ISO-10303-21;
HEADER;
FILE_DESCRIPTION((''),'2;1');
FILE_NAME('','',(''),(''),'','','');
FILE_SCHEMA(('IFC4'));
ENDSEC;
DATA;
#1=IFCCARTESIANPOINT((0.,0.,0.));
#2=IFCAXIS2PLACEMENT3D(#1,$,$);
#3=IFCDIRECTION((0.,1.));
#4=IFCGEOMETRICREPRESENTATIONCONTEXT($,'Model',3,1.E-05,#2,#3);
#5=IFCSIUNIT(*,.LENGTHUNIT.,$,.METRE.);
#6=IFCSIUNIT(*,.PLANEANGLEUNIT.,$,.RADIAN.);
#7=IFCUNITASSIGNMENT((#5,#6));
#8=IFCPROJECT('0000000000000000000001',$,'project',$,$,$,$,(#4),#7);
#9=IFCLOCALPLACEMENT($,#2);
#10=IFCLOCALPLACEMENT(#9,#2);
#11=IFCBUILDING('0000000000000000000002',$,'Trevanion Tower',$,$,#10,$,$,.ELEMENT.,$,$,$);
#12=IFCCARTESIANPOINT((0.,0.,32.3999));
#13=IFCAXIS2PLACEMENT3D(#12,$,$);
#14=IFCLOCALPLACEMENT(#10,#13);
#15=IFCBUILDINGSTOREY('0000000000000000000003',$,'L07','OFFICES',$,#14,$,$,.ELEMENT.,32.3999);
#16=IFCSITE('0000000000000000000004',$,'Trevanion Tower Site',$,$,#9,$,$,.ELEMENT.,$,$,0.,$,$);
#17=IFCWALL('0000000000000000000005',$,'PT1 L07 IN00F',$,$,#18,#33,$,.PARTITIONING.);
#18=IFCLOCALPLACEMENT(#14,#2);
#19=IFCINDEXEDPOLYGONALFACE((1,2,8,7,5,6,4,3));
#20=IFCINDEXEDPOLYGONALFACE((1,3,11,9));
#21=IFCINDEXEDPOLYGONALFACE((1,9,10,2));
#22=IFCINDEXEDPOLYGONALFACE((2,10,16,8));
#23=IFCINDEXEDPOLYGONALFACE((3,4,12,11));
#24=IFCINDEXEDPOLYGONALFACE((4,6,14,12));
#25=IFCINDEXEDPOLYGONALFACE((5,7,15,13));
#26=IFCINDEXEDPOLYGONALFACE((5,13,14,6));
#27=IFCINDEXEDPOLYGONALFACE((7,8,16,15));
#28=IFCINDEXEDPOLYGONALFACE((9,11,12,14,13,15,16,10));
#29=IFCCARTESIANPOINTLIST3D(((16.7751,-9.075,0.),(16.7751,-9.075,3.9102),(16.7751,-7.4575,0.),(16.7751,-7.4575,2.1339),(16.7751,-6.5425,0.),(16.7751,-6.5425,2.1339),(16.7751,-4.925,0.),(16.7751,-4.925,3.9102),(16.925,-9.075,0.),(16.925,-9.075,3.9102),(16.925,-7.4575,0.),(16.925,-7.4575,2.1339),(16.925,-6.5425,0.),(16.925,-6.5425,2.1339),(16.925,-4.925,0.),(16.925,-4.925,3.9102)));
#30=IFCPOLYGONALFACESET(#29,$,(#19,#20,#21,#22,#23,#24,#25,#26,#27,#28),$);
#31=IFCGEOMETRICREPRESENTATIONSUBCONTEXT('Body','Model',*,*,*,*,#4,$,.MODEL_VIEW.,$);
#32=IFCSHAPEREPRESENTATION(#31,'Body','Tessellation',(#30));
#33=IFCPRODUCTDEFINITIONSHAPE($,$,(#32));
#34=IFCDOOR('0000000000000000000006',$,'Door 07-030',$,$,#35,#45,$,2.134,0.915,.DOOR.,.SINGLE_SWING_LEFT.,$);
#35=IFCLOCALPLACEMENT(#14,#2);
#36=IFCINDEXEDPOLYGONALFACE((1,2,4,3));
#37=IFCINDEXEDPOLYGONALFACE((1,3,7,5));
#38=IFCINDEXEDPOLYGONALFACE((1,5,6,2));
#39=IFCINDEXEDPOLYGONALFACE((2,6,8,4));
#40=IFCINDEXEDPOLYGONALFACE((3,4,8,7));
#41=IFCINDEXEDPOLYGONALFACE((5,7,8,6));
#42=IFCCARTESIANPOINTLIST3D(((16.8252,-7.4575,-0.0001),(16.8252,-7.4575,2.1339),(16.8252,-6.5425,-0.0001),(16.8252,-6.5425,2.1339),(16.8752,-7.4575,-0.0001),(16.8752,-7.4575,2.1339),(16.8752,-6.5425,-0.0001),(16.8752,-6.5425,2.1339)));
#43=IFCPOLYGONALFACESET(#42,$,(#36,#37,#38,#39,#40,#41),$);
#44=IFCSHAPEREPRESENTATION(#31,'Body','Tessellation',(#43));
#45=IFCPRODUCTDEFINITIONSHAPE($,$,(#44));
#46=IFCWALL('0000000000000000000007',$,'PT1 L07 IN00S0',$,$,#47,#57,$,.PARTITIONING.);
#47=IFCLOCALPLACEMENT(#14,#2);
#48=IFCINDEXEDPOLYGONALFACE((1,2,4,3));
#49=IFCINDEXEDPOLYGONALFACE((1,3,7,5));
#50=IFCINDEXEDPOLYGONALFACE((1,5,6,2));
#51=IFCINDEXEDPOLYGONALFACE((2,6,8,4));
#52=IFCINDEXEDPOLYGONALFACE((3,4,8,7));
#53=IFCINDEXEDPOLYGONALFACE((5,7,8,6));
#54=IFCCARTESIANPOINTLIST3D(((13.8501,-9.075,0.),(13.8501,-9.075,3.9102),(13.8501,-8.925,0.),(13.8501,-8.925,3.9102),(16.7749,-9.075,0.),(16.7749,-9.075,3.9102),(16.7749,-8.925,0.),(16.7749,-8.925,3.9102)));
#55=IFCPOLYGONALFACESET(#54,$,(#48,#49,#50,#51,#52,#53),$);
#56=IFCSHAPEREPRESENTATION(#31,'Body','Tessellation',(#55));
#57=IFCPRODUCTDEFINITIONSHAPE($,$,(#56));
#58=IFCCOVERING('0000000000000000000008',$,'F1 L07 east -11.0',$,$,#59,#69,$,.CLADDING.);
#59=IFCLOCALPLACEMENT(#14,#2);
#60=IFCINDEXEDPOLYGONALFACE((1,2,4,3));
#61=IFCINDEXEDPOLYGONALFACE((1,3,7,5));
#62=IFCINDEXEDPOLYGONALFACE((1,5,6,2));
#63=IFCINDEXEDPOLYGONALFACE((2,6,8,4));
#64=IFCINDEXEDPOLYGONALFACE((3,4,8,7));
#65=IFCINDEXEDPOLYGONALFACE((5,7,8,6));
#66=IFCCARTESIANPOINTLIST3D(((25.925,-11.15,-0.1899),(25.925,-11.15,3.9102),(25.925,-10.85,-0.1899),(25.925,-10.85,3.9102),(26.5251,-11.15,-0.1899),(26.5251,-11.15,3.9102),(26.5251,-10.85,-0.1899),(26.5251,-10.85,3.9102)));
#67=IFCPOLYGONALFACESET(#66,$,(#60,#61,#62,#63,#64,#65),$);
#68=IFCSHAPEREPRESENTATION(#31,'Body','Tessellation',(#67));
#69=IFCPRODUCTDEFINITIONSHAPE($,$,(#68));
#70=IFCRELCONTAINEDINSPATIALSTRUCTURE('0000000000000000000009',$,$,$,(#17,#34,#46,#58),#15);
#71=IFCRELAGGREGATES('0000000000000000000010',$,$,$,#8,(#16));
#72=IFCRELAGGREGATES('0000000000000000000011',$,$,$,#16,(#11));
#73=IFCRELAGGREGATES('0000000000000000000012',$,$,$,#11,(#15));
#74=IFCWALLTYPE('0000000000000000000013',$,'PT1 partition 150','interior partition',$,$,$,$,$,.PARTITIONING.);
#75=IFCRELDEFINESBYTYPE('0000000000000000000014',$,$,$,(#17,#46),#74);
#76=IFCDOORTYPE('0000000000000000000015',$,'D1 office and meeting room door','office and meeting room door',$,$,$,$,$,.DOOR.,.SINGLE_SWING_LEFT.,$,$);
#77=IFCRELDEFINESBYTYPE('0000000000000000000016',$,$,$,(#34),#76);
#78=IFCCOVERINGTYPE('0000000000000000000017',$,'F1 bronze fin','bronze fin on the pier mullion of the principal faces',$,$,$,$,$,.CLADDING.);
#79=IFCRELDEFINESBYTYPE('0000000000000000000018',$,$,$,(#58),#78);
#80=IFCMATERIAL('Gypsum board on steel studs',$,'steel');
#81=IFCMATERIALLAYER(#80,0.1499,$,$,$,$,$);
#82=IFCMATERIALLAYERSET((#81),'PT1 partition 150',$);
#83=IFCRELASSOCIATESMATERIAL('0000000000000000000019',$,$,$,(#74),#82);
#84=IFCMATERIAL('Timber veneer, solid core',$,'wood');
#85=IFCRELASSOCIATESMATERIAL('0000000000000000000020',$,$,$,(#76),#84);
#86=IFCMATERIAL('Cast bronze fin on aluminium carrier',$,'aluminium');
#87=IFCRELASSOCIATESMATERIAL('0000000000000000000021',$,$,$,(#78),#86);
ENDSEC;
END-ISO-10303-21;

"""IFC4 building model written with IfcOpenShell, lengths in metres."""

from ifc_helpers import new_model, si_unit, direction, frame, frame_2d, origin, origin_2d, place, context, subcontext, project, spatial, rectangle, extrude, material, layer, layer_set, type_object, element, fill, save


model = new_model("IFC4")

# Units and contexts
model_context = context("Model", 3, precision=1e-05, world=origin(), true_north=direction((0.0, 1.0)))
body_context = subcontext(model_context, "Body", "Model", "MODEL_VIEW")
ifc_project = project(units=[si_unit("LENGTHUNIT", "METRE"), si_unit("PLANEANGLEUNIT", "RADIAN")], contexts=[model_context])

# Site, building, storey
site_placement = place(None, origin())
site = spatial("IfcSite", under=ifc_project, at=site_placement, Name="Trevanion Tower Site", CompositionType="ELEMENT", RefElevation=0.0)
building_placement = place(site_placement, origin())
building = spatial("IfcBuilding", under=site, at=building_placement, Name="Trevanion Tower", CompositionType="ELEMENT")
storey_placement = place(building_placement, frame((0.0, 0.0, 32.3999)))
storey = spatial("IfcBuildingStorey", under=building, at=storey_placement, Name="L07", Description="OFFICES", CompositionType="ELEMENT", Elevation=32.3999)

# Shared definitions
ifc_material_1 = material(Name="Gypsum board on steel studs", Category="steel")
ifc_layer_1 = layer(ifc_material_1, 0.1499)
ifc_layer_set_1 = layer_set([ifc_layer_1], Name="PT1 partition 150")
wall_type = type_object("IfcWallType", Name="PT1 partition 150", Description="interior partition", PredefinedType="PARTITIONING", material=ifc_layer_set_1)
ifc_material_2 = material(Name="Timber veneer, solid core", Category="wood")
door_type = type_object("IfcDoorType", Name="D1 office and meeting room door", Description="office and meeting room door", OperationType="SINGLE_SWING_LEFT", PredefinedType="DOOR", material=ifc_material_2)

# Wall, opening, door
wall_1_placement = place(storey_placement, frame((16.8501, -9.075, 0.0), z_axis=(0.0, 0.0, 1.0), x_axis=(0.0, 1.0, 0.0)))
wall_1 = element("IfcWall", 1, at=wall_1_placement, inside=storey, type_object=wall_type, Name="PT1 L07 IN00F", PredefinedType="PARTITIONING", context=body_context, shape_type="SweptSolid", body=[
    extrude(rectangle(XDim=4.1499, YDim=0.1499, at=frame_2d((2.075, 0.0))), origin(), (0.0, 0.0, 1.0), 3.9102),
])
opening_1_placement = place(wall_1_placement, frame((1.6174, 0.0, 0.0)))
opening_1 = element("IfcOpeningElement", 2, at=opening_1_placement, cuts=wall_1, PredefinedType="OPENING", context=body_context, shape_type="SweptSolid", body=[
    extrude(rectangle(XDim=0.915, YDim=2.134, at=frame_2d((0.4575, 1.0669))), frame((0.0, 0.085, 0.0), z_axis=(0.0, -1.0, 0.0), x_axis=(1.0, 0.0, 0.0)), (0.0, 0.0, 1.0), 0.1699),
])
door_1_placement = place(opening_1_placement, origin())
door_1 = element("IfcDoor", 3, at=door_1_placement, inside=storey, type_object=door_type, Name="Door 07-030", OperationType="SINGLE_SWING_LEFT", OverallHeight=2.134, OverallWidth=0.915, PredefinedType="DOOR", context=body_context, shape_type="SweptSolid", body=[
    extrude(rectangle(XDim=0.915, YDim=2.134, at=frame_2d((0.4575, 1.0669))), frame((0.0, 0.0249, 0.0), z_axis=(0.0, -1.0, 0.0), x_axis=(1.0, 0.0, 0.0)), (0.0, 0.0, 1.0), 0.05),
])
fill(opening_1, door_1)

# Wall
wall_2_placement = place(storey_placement, frame((16.7749, -9.0, 0.0), z_axis=(0.0, 0.0, 1.0), x_axis=(-1.0, 0.0, 0.0)))
element("IfcWall", 4, at=wall_2_placement, inside=storey, type_object=wall_type, Name="PT1 L07 IN00S0", PredefinedType="PARTITIONING", context=body_context, shape_type="SweptSolid", body=[
    extrude(rectangle(XDim=2.9248, YDim=0.1499, at=frame_2d((1.4624, 0.0))), origin(), (0.0, 0.0, 1.0), 3.9102),
])

# Covering
ifc_material_3 = material(Name="Cast bronze fin on aluminium carrier", Category="aluminium")
covering_type = type_object("IfcCoveringType", Name="F1 bronze fin", Description="bronze fin on the pier mullion of the principal faces", PredefinedType="CLADDING", material=ifc_material_3)
covering_placement = place(storey_placement, frame((26.2251, -11.0, -0.1899), z_axis=(0.0, 0.0, 1.0), x_axis=(0.0, 1.0, 0.0)))
element("IfcCovering", 5, at=covering_placement, inside=storey, type_object=covering_type, Name="F1 L07 east -11.0", PredefinedType="CLADDING", context=body_context, shape_type="SweptSolid", body=[
    extrude(rectangle(XDim=0.3, YDim=0.6001, at=origin_2d()), origin(), (0.0, 0.0, 1.0), 4.1001),
])

save(model, "model.ifc")
